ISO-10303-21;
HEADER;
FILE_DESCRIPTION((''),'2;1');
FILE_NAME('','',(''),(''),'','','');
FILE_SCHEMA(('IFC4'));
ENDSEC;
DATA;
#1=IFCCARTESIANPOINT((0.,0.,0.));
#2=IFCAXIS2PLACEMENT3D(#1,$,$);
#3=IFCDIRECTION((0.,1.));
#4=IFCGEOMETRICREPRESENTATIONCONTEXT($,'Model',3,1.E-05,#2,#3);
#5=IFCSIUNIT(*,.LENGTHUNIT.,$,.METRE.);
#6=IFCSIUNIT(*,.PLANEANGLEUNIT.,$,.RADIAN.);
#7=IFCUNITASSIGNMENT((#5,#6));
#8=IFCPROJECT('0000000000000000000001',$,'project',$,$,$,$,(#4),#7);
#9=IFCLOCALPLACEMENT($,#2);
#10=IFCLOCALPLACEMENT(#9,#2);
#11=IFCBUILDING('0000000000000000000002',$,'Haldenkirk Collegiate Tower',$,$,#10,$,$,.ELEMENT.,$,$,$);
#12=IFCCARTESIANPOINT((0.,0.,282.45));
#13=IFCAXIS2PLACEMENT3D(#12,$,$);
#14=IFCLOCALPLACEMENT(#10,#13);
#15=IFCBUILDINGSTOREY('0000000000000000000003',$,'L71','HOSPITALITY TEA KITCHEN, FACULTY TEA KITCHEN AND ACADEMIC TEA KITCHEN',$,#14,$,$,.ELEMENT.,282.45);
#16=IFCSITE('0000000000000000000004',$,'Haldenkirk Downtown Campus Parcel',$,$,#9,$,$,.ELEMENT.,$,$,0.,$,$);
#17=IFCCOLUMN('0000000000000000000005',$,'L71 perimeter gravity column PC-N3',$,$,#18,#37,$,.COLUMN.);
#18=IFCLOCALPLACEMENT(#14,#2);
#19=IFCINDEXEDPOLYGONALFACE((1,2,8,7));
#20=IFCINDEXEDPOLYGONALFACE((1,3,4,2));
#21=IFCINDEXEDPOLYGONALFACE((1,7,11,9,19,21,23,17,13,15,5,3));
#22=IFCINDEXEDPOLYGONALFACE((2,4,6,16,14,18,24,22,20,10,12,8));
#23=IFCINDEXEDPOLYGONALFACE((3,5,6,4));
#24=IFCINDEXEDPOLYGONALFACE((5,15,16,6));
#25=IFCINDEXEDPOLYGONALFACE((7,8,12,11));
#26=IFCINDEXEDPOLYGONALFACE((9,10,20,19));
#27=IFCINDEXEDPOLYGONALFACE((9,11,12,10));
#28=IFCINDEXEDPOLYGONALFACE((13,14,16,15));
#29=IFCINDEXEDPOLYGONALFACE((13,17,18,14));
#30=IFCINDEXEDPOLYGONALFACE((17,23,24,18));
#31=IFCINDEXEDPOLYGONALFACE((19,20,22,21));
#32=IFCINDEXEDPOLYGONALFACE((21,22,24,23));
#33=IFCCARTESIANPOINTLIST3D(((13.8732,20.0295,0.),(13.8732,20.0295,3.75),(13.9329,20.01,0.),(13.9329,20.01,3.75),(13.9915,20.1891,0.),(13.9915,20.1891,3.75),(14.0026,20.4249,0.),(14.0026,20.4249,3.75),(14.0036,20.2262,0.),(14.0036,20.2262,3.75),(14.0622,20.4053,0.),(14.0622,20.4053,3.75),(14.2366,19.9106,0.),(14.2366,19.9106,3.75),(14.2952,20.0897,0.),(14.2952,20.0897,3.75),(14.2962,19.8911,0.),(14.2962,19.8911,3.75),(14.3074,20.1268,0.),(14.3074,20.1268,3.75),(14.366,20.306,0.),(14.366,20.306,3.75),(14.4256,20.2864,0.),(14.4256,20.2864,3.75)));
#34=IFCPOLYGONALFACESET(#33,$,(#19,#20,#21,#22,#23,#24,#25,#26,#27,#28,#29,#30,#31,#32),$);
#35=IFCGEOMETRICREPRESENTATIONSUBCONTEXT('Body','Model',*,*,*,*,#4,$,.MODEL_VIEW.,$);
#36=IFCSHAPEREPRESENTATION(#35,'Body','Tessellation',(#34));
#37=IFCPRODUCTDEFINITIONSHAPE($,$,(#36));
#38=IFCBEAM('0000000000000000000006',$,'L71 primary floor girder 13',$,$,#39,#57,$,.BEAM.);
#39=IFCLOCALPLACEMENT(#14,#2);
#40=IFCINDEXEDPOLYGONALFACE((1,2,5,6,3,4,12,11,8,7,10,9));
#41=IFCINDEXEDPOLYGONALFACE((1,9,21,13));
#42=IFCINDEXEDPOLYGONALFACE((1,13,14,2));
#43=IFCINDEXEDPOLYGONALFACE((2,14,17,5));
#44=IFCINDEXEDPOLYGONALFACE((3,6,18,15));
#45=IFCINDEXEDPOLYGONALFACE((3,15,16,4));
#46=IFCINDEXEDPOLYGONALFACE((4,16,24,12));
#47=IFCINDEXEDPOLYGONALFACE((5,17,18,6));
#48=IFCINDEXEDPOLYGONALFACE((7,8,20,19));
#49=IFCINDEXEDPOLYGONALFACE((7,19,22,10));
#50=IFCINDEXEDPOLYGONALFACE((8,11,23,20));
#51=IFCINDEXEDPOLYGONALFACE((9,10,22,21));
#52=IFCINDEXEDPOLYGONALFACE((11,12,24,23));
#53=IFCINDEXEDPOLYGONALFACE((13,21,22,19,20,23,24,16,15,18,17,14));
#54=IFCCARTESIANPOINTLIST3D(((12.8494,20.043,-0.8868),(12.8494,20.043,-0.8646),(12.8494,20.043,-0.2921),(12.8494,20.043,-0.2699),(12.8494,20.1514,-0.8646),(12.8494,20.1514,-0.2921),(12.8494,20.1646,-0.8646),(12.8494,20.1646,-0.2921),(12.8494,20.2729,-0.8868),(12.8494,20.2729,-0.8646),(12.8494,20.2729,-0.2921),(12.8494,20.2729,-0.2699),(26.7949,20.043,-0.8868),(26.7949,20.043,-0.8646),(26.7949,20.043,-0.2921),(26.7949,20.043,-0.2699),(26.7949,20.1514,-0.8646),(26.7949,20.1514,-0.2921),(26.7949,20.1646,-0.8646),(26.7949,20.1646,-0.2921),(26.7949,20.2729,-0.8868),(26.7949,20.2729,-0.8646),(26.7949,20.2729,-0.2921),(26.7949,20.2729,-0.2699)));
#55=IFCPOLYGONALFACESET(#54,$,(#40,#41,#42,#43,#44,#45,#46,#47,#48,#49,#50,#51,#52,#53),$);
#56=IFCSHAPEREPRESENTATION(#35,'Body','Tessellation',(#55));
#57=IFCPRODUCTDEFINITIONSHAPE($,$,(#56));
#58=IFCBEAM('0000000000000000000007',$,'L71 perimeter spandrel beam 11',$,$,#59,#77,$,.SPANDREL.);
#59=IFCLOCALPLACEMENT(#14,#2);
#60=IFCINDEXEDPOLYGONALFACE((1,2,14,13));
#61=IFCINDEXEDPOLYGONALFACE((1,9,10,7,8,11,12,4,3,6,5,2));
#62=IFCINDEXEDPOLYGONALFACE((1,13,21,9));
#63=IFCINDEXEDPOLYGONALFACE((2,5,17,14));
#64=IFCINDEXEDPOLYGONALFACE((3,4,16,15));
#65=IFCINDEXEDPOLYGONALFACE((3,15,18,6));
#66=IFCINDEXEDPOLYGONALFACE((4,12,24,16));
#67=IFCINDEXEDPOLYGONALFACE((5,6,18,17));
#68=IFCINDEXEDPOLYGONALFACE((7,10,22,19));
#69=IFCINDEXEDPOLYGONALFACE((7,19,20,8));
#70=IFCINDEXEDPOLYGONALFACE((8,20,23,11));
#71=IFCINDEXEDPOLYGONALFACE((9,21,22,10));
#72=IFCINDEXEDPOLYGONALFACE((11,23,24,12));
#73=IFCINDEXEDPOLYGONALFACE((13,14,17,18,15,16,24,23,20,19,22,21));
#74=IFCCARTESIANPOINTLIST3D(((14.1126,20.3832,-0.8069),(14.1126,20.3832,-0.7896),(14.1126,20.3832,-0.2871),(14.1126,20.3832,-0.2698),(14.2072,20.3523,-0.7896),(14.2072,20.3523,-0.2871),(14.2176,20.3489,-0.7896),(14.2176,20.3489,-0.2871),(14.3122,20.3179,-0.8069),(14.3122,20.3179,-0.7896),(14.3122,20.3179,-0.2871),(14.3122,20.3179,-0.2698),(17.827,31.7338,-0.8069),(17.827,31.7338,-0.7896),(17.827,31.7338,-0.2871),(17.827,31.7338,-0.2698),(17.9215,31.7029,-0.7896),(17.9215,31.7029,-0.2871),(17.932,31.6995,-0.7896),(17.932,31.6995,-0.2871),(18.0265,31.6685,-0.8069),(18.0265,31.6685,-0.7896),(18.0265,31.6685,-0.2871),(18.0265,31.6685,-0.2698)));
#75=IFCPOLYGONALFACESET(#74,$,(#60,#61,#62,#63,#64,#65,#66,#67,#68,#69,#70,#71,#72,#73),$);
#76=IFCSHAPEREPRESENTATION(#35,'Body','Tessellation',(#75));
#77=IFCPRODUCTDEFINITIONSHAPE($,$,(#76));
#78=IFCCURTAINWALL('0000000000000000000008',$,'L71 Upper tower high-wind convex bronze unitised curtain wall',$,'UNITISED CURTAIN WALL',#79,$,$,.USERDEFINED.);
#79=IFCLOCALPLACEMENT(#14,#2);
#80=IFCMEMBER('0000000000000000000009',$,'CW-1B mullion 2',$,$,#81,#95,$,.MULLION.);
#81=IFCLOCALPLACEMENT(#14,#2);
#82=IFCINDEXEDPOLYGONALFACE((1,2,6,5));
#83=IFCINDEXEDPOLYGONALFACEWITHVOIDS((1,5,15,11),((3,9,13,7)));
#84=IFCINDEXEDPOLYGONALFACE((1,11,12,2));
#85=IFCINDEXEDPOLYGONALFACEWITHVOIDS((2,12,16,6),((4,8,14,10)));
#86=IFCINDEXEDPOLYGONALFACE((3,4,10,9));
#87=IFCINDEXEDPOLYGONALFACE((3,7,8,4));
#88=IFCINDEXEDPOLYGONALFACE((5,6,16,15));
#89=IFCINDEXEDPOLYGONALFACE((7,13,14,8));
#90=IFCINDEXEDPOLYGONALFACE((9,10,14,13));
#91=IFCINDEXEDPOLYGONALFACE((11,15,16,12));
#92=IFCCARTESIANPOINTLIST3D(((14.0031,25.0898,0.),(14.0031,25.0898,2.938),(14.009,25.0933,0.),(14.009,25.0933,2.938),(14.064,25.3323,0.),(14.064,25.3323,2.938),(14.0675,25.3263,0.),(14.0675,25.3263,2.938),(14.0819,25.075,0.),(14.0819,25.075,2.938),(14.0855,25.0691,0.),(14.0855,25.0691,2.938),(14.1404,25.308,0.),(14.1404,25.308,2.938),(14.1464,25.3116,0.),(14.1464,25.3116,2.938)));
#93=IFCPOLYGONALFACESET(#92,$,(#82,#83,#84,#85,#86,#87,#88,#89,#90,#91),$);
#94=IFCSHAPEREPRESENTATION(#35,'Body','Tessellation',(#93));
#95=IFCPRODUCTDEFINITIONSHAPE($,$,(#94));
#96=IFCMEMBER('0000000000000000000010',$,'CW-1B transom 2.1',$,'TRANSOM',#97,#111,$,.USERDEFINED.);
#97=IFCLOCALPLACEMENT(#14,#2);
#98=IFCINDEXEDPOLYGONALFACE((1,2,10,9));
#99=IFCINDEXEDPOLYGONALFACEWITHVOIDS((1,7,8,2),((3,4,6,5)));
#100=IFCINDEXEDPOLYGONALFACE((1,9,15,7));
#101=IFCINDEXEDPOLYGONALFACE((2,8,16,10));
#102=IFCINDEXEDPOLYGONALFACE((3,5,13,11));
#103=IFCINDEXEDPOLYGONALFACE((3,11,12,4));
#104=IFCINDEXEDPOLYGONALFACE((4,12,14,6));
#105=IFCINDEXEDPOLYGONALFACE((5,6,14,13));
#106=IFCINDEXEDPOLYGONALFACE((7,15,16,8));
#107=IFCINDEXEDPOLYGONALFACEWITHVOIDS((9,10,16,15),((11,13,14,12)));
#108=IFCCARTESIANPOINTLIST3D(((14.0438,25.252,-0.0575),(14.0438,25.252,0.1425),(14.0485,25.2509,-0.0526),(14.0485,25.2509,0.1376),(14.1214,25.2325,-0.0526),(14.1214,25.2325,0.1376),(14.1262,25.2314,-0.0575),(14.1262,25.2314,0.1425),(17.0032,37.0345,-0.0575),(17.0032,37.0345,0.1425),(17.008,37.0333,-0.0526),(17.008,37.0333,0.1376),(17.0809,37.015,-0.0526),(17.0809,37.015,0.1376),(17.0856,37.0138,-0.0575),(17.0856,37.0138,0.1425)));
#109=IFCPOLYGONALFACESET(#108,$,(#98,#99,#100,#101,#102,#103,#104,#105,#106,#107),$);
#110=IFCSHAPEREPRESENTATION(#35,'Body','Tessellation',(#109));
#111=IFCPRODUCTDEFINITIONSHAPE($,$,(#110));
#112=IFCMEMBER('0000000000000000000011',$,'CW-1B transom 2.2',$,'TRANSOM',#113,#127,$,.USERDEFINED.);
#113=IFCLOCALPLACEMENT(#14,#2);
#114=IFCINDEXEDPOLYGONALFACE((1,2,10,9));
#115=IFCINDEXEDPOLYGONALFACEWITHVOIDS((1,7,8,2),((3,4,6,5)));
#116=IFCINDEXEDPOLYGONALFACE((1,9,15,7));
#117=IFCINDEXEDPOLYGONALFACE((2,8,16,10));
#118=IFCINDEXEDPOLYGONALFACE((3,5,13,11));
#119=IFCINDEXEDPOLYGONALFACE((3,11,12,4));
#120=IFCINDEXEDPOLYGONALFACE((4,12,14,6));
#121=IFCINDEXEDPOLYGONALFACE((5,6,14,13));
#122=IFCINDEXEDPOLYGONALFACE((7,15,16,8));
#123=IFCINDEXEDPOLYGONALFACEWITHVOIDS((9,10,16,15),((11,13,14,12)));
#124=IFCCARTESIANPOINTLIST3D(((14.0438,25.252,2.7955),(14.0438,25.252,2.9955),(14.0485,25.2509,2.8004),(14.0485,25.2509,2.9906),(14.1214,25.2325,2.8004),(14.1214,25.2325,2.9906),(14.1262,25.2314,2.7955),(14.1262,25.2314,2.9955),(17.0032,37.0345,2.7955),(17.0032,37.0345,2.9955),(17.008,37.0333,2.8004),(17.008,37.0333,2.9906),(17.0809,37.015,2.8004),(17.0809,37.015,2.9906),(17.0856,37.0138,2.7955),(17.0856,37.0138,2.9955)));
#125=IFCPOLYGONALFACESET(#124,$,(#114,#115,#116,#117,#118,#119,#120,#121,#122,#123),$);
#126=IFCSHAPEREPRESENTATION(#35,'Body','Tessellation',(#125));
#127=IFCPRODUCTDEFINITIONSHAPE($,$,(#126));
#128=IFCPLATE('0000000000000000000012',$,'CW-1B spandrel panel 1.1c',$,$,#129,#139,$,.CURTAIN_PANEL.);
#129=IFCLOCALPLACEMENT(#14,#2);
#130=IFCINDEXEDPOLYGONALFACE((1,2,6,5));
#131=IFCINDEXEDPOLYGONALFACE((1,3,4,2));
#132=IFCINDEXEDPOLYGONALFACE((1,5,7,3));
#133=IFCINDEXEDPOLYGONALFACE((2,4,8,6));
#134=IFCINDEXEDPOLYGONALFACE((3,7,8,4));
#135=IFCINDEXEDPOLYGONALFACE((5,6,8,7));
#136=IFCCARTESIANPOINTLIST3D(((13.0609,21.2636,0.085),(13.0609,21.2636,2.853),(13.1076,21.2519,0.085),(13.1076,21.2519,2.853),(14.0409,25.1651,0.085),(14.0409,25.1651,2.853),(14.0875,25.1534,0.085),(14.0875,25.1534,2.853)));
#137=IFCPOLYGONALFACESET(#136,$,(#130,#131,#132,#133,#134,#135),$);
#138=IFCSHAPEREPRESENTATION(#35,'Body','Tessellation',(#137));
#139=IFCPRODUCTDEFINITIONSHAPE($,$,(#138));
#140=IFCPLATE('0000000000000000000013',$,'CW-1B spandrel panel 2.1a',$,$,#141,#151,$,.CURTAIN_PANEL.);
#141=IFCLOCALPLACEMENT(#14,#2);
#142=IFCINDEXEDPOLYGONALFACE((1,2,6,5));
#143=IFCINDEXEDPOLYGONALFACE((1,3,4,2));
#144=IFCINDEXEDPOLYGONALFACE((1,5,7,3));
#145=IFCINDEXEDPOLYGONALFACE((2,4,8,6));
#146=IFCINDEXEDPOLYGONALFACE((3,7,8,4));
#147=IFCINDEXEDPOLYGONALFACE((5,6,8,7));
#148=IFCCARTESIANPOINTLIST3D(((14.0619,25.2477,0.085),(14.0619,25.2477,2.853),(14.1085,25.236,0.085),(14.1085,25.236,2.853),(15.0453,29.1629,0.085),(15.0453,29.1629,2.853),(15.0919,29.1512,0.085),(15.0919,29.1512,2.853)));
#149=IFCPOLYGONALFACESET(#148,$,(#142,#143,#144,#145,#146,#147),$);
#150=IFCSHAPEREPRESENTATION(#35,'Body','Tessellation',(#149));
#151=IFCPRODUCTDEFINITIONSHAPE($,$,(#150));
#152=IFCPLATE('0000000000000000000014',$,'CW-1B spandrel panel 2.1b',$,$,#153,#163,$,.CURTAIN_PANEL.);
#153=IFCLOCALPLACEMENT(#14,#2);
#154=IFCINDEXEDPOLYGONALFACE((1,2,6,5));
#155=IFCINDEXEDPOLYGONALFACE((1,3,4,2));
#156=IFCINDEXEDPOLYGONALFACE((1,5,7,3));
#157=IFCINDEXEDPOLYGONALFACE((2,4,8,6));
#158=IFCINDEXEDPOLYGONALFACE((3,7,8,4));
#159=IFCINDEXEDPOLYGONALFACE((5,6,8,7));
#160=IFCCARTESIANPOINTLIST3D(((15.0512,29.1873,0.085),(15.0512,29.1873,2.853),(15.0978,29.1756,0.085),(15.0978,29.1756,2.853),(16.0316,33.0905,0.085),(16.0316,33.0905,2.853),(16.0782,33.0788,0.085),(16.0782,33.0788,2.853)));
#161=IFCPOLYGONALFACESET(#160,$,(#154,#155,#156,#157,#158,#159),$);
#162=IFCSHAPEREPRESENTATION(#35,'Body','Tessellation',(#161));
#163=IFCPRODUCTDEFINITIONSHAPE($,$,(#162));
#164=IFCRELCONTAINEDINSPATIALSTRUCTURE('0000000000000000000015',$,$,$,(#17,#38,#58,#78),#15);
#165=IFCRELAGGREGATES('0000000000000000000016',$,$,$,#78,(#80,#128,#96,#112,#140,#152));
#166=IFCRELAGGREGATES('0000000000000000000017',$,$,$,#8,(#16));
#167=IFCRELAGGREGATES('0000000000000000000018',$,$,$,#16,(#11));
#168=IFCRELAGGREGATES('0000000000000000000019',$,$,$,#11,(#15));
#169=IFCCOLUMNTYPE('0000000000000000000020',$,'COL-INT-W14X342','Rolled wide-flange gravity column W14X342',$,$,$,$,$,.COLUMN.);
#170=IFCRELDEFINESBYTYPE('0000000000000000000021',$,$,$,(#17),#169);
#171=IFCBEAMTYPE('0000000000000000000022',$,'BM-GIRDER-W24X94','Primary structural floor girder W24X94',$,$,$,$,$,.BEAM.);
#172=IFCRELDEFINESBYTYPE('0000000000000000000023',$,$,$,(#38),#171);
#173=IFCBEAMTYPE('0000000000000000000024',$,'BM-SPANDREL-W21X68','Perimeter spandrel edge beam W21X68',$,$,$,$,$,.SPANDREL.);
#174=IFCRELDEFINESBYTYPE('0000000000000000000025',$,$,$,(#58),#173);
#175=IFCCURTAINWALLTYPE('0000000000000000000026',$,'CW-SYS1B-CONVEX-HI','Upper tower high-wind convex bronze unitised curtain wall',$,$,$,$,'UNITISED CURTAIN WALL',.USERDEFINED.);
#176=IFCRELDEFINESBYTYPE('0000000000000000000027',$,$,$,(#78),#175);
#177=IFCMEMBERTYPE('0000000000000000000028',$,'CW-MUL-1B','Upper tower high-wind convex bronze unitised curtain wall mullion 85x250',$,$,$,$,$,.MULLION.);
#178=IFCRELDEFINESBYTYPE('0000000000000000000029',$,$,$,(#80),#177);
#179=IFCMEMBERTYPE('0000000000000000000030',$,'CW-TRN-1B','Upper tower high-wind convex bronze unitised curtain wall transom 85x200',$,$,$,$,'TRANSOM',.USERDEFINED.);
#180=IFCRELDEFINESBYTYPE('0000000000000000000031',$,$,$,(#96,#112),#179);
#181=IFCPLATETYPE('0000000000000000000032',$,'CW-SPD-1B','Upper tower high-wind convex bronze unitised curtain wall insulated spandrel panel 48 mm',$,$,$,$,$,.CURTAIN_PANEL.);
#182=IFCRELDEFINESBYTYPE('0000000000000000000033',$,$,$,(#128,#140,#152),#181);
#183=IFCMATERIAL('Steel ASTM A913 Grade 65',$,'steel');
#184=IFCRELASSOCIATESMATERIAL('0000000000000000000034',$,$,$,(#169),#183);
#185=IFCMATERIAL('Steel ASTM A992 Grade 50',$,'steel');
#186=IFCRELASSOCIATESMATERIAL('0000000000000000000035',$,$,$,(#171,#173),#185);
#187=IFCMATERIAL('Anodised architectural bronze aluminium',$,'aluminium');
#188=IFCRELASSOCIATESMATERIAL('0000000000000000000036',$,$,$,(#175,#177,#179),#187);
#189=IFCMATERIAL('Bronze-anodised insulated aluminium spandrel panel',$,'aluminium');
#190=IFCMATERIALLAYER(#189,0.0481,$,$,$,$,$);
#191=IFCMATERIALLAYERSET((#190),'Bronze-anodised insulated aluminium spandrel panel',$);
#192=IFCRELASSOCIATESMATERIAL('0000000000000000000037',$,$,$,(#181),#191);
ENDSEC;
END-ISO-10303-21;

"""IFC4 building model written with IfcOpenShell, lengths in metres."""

from ifc_helpers import new_model, si_unit, direction, frame, origin, origin_2d, place, context, subcontext, project, spatial, rectangle, hollow_rectangle, i_section, extrude, source, transform, mapped, material, layer, layer_set, material_profile, profile_set, type_object, element, aggregate, save


model = new_model("IFC4")

# Units and contexts
model_context = context("Model", 3, precision=1e-05, world=origin(), true_north=direction((0.0, 1.0)))
body_context = subcontext(model_context, "Body", "Model", "MODEL_VIEW")
ifc_project = project(units=[si_unit("LENGTHUNIT", "METRE"), si_unit("PLANEANGLEUNIT", "RADIAN")], contexts=[model_context])

# Site, building, storey
site_placement = place(None, origin())
site = spatial("IfcSite", under=ifc_project, at=site_placement, Name="Haldenkirk Downtown Campus Parcel", CompositionType="ELEMENT", RefElevation=0.0)
building_placement = place(site_placement, origin())
building = spatial("IfcBuilding", under=site, at=building_placement, Name="Haldenkirk Collegiate Tower", CompositionType="ELEMENT")
storey_placement = place(building_placement, frame((0.0, 0.0, 282.45)))
storey = spatial("IfcBuildingStorey", under=building, at=storey_placement, Name="L71", Description="HOSPITALITY TEA KITCHEN, FACULTY TEA KITCHEN AND ACADEMIC TEA KITCHEN", CompositionType="ELEMENT", Elevation=282.45)

# Column
ifc_material_1 = material(Name="Steel ASTM A913 Grade 65", Category="steel")
ifc_material_profile_1 = material_profile(ifc_material_1, i_section(OverallWidth=0.416, OverallDepth=0.4451, WebThickness=0.0391, FlangeThickness=0.0627, at=origin_2d()), Name="W14X342")
ifc_profile_set_1 = profile_set([ifc_material_profile_1], Name="Steel ASTM A913 Grade 65")
column_type = type_object("IfcColumnType", Name="COL-INT-W14X342", Description="Rolled wide-flange gravity column W14X342", PredefinedType="COLUMN", material=ifc_profile_set_1)
column_placement = place(storey_placement, frame((14.1494, 20.158, 0.0), z_axis=(0.0, 0.0, 1.0), x_axis=(0.311008, 0.950407, 0.0)))
element("IfcColumn", 1, at=column_placement, inside=storey, type_object=column_type, Name="L71 perimeter gravity column PC-N3", PredefinedType="COLUMN", context=body_context, shape_type="SweptSolid", body=[
    extrude(i_section(OverallWidth=0.416, OverallDepth=0.4451, WebThickness=0.0391, FlangeThickness=0.0627, at=origin_2d()), origin(), (0.0, 0.0, 1.0), 3.75),
])

# Beams
ifc_material_2 = material(Name="Steel ASTM A992 Grade 50", Category="steel")
ifc_material_profile_2 = material_profile(ifc_material_2, i_section(OverallWidth=0.23, OverallDepth=0.6169, WebThickness=0.0132, FlangeThickness=0.0222, at=origin_2d()), Name="W24X94")
ifc_profile_set_2 = profile_set([ifc_material_profile_2], Name="Steel ASTM A992 Grade 50")
beam_type_1 = type_object("IfcBeamType", Name="BM-GIRDER-W24X94", Description="Primary structural floor girder W24X94", PredefinedType="BEAM", material=ifc_profile_set_2)
beam_1_placement = place(storey_placement, frame((12.8494, 20.158, -0.5784), z_axis=(1.0, 0.0, 0.0), x_axis=(0.0, 1.0, 0.0)))
element("IfcBeam", 2, at=beam_1_placement, inside=storey, type_object=beam_type_1, Name="L71 primary floor girder 13", PredefinedType="BEAM", context=body_context, shape_type="SweptSolid", body=[
    extrude(i_section(OverallWidth=0.23, OverallDepth=0.6169, WebThickness=0.0132, FlangeThickness=0.0222, at=origin_2d()), origin(), (0.0, 0.0, 1.0), 13.9456),
])
ifc_material_profile_3 = material_profile(ifc_material_2, i_section(OverallWidth=0.21, OverallDepth=0.5371, WebThickness=0.011, FlangeThickness=0.0173, at=origin_2d()), Name="W21X68")
ifc_profile_set_3 = profile_set([ifc_material_profile_3], Name="Steel ASTM A992 Grade 50")
beam_type_2 = type_object("IfcBeamType", Name="BM-SPANDREL-W21X68", Description="Perimeter spandrel edge beam W21X68", PredefinedType="SPANDREL", material=ifc_profile_set_3)
beam_2_placement = place(storey_placement, frame((17.9268, 31.7012, -0.5383), z_axis=(-0.31101, -0.950407, 0.0), x_axis=(0.950407, -0.31101, 0.0)))
element("IfcBeam", 3, at=beam_2_placement, inside=storey, type_object=beam_type_2, Name="L71 perimeter spandrel beam 11", PredefinedType="SPANDREL", context=body_context, shape_type="SweptSolid", body=[
    extrude(i_section(OverallWidth=0.21, OverallDepth=0.5371, WebThickness=0.011, FlangeThickness=0.0173, at=origin_2d()), origin(), (0.0, 0.0, 1.0), 11.9429),
])

# Curtain wall, members, plates
ifc_material_3 = material(Name="Anodised architectural bronze aluminium", Category="aluminium")
curtain_wall_type = type_object("IfcCurtainWallType", Name="CW-SYS1B-CONVEX-HI", Description="Upper tower high-wind convex bronze unitised curtain wall", ElementType="UNITISED CURTAIN WALL", PredefinedType="USERDEFINED", material=ifc_material_3)
curtain_wall_placement = place(storey_placement, origin())
curtain_wall = element("IfcCurtainWall", 4, at=curtain_wall_placement, inside=storey, type_object=curtain_wall_type, Name="L71 Upper tower high-wind convex bronze unitised curtain wall", ObjectType="UNITISED CURTAIN WALL", PredefinedType="USERDEFINED")
ifc_material_profile_4 = material_profile(ifc_material_3, hollow_rectangle(XDim=0.085, YDim=0.25, WallThickness=0.0049, at=origin_2d()), Name="CW-MUL-1B")
ifc_profile_set_4 = profile_set([ifc_material_profile_4], Name="Anodised architectural bronze aluminium")
member_type_1 = type_object("IfcMemberType", Name="CW-MUL-1B", Description="Upper tower high-wind convex bronze unitised curtain wall mullion 85x250", PredefinedType="MULLION", material=ifc_profile_set_4)
member_1_placement = place(storey_placement, frame((14.0747, 25.2007, 0.0), z_axis=(0.0, 0.0, 1.0), x_axis=(-0.969872, 0.243613, 0.0)))
member_1 = element("IfcMember", 5, at=member_1_placement, type_object=member_type_1, Name="CW-1B mullion 2", PredefinedType="MULLION", context=body_context, shape_type="SweptSolid", body=[
    extrude(hollow_rectangle(XDim=0.085, YDim=0.25, WallThickness=0.0049, at=origin_2d()), origin(), (0.0, 0.0, 1.0), 2.938),
])
ifc_material_profile_5 = material_profile(ifc_material_3, hollow_rectangle(XDim=0.085, YDim=0.2, WallThickness=0.0049, at=origin_2d()), Name="CW-TRN-1B")
ifc_profile_set_5 = profile_set([ifc_material_profile_5], Name="Anodised architectural bronze aluminium")
member_type_2 = type_object("IfcMemberType", Name="CW-TRN-1B", Description="Upper tower high-wind convex bronze unitised curtain wall transom 85x200", ElementType="TRANSOM", PredefinedType="USERDEFINED", material=ifc_profile_set_5)
member_2_placement = place(storey_placement, frame((14.085, 25.2417, 0.0425), z_axis=(0.243609, 0.969874, 0.0), x_axis=(-0.969874, 0.243609, 0.0)))
member_2 = element("IfcMember", 6, at=member_2_placement, type_object=member_type_2, Name="CW-1B transom 2.1", ObjectType="TRANSOM", PredefinedType="USERDEFINED", context=body_context, shape_type="SweptSolid", body=[
    extrude(hollow_rectangle(XDim=0.085, YDim=0.2, WallThickness=0.0049, at=origin_2d()), origin(), (0.0, 0.0, 1.0), 12.1484),
])
member_3_placement = place(storey_placement, frame((14.085, 25.2417, 2.8955), z_axis=(0.243609, 0.969874, 0.0), x_axis=(-0.969874, 0.243609, 0.0)))
member_3 = element("IfcMember", 7, at=member_3_placement, type_object=member_type_2, Name="CW-1B transom 2.2", ObjectType="TRANSOM", PredefinedType="USERDEFINED", context=body_context, shape_type="SweptSolid", body=[
    extrude(hollow_rectangle(XDim=0.085, YDim=0.2, WallThickness=0.0049, at=origin_2d()), origin(), (0.0, 0.0, 1.0), 12.1484),
])
ifc_material_4 = material(Name="Bronze-anodised insulated aluminium spandrel panel", Category="aluminium")
ifc_layer_1 = layer(ifc_material_4, 0.0481)
ifc_layer_set_1 = layer_set([ifc_layer_1], Name="Bronze-anodised insulated aluminium spandrel panel")
plate_type = type_object("IfcPlateType", Name="CW-SPD-1B", Description="Upper tower high-wind convex bronze unitised curtain wall insulated spandrel panel 48 mm", PredefinedType="CURTAIN_PANEL", material=ifc_layer_set_1)
shared_shape_1 = source(origin(), body_context, "Body", "SweptSolid", [
    extrude(rectangle(XDim=4.0227, YDim=0.0481, at=origin_2d()), origin(), (0.0, 0.0, 1.0), 2.7681),
])
plate_1_placement = place(storey_placement, frame((13.5742, 23.2085, 0.085), z_axis=(0.0, 0.0, 1.0), x_axis=(0.243613, 0.969872, 0.0)))
plate_1 = element("IfcPlate", 8, at=plate_1_placement, type_object=plate_type, Name="CW-1B spandrel panel 1.1c", PredefinedType="CURTAIN_PANEL", context=body_context, shape_type="MappedRepresentation", body=[
    mapped(shared_shape_1, transform((0.0, 0.0, 0.0), x_axis=(1.0, 0.0, 0.0), y_axis=(0.0, 1.0, 0.0), z_axis=(0.0, 0.0, 1.0), scale=1.0)),
])
shared_shape_2 = source(origin(), body_context, "Body", "SweptSolid", [
    extrude(rectangle(XDim=4.0369, YDim=0.0481, at=origin_2d()), origin(), (0.0, 0.0, 1.0), 2.7681),
])
plate_2_placement = place(storey_placement, frame((14.5769, 27.1995, 0.085), z_axis=(0.0, 0.0, 1.0), x_axis=(0.243613, 0.969872, 0.0)))
plate_2 = element("IfcPlate", 9, at=plate_2_placement, type_object=plate_type, Name="CW-1B spandrel panel 2.1a", PredefinedType="CURTAIN_PANEL", context=body_context, shape_type="MappedRepresentation", body=[
    mapped(shared_shape_2, transform((0.0, 0.0, 0.0), x_axis=(1.0, 0.0, 0.0), y_axis=(0.0, 1.0, 0.0), z_axis=(0.0, 0.0, 1.0), scale=1.0)),
])
shared_shape_3 = source(origin(), body_context, "Body", "SweptSolid", [
    extrude(rectangle(XDim=4.0244, YDim=0.0481, at=origin_2d()), origin(), (0.0, 0.0, 1.0), 2.7681),
])
plate_3_placement = place(storey_placement, frame((15.5647, 31.1331, 0.085), z_axis=(0.0, 0.0, 1.0), x_axis=(0.243613, 0.969872, 0.0)))
plate_3 = element("IfcPlate", 10, at=plate_3_placement, type_object=plate_type, Name="CW-1B spandrel panel 2.1b", PredefinedType="CURTAIN_PANEL", context=body_context, shape_type="MappedRepresentation", body=[
    mapped(shared_shape_3, transform((0.0, 0.0, 0.0), x_axis=(1.0, 0.0, 0.0), y_axis=(0.0, 1.0, 0.0), z_axis=(0.0, 0.0, 1.0), scale=1.0)),
])
aggregate(curtain_wall, [member_1, plate_1, member_2, member_3, plate_2, plate_3])

save(model, "model.ifc")
